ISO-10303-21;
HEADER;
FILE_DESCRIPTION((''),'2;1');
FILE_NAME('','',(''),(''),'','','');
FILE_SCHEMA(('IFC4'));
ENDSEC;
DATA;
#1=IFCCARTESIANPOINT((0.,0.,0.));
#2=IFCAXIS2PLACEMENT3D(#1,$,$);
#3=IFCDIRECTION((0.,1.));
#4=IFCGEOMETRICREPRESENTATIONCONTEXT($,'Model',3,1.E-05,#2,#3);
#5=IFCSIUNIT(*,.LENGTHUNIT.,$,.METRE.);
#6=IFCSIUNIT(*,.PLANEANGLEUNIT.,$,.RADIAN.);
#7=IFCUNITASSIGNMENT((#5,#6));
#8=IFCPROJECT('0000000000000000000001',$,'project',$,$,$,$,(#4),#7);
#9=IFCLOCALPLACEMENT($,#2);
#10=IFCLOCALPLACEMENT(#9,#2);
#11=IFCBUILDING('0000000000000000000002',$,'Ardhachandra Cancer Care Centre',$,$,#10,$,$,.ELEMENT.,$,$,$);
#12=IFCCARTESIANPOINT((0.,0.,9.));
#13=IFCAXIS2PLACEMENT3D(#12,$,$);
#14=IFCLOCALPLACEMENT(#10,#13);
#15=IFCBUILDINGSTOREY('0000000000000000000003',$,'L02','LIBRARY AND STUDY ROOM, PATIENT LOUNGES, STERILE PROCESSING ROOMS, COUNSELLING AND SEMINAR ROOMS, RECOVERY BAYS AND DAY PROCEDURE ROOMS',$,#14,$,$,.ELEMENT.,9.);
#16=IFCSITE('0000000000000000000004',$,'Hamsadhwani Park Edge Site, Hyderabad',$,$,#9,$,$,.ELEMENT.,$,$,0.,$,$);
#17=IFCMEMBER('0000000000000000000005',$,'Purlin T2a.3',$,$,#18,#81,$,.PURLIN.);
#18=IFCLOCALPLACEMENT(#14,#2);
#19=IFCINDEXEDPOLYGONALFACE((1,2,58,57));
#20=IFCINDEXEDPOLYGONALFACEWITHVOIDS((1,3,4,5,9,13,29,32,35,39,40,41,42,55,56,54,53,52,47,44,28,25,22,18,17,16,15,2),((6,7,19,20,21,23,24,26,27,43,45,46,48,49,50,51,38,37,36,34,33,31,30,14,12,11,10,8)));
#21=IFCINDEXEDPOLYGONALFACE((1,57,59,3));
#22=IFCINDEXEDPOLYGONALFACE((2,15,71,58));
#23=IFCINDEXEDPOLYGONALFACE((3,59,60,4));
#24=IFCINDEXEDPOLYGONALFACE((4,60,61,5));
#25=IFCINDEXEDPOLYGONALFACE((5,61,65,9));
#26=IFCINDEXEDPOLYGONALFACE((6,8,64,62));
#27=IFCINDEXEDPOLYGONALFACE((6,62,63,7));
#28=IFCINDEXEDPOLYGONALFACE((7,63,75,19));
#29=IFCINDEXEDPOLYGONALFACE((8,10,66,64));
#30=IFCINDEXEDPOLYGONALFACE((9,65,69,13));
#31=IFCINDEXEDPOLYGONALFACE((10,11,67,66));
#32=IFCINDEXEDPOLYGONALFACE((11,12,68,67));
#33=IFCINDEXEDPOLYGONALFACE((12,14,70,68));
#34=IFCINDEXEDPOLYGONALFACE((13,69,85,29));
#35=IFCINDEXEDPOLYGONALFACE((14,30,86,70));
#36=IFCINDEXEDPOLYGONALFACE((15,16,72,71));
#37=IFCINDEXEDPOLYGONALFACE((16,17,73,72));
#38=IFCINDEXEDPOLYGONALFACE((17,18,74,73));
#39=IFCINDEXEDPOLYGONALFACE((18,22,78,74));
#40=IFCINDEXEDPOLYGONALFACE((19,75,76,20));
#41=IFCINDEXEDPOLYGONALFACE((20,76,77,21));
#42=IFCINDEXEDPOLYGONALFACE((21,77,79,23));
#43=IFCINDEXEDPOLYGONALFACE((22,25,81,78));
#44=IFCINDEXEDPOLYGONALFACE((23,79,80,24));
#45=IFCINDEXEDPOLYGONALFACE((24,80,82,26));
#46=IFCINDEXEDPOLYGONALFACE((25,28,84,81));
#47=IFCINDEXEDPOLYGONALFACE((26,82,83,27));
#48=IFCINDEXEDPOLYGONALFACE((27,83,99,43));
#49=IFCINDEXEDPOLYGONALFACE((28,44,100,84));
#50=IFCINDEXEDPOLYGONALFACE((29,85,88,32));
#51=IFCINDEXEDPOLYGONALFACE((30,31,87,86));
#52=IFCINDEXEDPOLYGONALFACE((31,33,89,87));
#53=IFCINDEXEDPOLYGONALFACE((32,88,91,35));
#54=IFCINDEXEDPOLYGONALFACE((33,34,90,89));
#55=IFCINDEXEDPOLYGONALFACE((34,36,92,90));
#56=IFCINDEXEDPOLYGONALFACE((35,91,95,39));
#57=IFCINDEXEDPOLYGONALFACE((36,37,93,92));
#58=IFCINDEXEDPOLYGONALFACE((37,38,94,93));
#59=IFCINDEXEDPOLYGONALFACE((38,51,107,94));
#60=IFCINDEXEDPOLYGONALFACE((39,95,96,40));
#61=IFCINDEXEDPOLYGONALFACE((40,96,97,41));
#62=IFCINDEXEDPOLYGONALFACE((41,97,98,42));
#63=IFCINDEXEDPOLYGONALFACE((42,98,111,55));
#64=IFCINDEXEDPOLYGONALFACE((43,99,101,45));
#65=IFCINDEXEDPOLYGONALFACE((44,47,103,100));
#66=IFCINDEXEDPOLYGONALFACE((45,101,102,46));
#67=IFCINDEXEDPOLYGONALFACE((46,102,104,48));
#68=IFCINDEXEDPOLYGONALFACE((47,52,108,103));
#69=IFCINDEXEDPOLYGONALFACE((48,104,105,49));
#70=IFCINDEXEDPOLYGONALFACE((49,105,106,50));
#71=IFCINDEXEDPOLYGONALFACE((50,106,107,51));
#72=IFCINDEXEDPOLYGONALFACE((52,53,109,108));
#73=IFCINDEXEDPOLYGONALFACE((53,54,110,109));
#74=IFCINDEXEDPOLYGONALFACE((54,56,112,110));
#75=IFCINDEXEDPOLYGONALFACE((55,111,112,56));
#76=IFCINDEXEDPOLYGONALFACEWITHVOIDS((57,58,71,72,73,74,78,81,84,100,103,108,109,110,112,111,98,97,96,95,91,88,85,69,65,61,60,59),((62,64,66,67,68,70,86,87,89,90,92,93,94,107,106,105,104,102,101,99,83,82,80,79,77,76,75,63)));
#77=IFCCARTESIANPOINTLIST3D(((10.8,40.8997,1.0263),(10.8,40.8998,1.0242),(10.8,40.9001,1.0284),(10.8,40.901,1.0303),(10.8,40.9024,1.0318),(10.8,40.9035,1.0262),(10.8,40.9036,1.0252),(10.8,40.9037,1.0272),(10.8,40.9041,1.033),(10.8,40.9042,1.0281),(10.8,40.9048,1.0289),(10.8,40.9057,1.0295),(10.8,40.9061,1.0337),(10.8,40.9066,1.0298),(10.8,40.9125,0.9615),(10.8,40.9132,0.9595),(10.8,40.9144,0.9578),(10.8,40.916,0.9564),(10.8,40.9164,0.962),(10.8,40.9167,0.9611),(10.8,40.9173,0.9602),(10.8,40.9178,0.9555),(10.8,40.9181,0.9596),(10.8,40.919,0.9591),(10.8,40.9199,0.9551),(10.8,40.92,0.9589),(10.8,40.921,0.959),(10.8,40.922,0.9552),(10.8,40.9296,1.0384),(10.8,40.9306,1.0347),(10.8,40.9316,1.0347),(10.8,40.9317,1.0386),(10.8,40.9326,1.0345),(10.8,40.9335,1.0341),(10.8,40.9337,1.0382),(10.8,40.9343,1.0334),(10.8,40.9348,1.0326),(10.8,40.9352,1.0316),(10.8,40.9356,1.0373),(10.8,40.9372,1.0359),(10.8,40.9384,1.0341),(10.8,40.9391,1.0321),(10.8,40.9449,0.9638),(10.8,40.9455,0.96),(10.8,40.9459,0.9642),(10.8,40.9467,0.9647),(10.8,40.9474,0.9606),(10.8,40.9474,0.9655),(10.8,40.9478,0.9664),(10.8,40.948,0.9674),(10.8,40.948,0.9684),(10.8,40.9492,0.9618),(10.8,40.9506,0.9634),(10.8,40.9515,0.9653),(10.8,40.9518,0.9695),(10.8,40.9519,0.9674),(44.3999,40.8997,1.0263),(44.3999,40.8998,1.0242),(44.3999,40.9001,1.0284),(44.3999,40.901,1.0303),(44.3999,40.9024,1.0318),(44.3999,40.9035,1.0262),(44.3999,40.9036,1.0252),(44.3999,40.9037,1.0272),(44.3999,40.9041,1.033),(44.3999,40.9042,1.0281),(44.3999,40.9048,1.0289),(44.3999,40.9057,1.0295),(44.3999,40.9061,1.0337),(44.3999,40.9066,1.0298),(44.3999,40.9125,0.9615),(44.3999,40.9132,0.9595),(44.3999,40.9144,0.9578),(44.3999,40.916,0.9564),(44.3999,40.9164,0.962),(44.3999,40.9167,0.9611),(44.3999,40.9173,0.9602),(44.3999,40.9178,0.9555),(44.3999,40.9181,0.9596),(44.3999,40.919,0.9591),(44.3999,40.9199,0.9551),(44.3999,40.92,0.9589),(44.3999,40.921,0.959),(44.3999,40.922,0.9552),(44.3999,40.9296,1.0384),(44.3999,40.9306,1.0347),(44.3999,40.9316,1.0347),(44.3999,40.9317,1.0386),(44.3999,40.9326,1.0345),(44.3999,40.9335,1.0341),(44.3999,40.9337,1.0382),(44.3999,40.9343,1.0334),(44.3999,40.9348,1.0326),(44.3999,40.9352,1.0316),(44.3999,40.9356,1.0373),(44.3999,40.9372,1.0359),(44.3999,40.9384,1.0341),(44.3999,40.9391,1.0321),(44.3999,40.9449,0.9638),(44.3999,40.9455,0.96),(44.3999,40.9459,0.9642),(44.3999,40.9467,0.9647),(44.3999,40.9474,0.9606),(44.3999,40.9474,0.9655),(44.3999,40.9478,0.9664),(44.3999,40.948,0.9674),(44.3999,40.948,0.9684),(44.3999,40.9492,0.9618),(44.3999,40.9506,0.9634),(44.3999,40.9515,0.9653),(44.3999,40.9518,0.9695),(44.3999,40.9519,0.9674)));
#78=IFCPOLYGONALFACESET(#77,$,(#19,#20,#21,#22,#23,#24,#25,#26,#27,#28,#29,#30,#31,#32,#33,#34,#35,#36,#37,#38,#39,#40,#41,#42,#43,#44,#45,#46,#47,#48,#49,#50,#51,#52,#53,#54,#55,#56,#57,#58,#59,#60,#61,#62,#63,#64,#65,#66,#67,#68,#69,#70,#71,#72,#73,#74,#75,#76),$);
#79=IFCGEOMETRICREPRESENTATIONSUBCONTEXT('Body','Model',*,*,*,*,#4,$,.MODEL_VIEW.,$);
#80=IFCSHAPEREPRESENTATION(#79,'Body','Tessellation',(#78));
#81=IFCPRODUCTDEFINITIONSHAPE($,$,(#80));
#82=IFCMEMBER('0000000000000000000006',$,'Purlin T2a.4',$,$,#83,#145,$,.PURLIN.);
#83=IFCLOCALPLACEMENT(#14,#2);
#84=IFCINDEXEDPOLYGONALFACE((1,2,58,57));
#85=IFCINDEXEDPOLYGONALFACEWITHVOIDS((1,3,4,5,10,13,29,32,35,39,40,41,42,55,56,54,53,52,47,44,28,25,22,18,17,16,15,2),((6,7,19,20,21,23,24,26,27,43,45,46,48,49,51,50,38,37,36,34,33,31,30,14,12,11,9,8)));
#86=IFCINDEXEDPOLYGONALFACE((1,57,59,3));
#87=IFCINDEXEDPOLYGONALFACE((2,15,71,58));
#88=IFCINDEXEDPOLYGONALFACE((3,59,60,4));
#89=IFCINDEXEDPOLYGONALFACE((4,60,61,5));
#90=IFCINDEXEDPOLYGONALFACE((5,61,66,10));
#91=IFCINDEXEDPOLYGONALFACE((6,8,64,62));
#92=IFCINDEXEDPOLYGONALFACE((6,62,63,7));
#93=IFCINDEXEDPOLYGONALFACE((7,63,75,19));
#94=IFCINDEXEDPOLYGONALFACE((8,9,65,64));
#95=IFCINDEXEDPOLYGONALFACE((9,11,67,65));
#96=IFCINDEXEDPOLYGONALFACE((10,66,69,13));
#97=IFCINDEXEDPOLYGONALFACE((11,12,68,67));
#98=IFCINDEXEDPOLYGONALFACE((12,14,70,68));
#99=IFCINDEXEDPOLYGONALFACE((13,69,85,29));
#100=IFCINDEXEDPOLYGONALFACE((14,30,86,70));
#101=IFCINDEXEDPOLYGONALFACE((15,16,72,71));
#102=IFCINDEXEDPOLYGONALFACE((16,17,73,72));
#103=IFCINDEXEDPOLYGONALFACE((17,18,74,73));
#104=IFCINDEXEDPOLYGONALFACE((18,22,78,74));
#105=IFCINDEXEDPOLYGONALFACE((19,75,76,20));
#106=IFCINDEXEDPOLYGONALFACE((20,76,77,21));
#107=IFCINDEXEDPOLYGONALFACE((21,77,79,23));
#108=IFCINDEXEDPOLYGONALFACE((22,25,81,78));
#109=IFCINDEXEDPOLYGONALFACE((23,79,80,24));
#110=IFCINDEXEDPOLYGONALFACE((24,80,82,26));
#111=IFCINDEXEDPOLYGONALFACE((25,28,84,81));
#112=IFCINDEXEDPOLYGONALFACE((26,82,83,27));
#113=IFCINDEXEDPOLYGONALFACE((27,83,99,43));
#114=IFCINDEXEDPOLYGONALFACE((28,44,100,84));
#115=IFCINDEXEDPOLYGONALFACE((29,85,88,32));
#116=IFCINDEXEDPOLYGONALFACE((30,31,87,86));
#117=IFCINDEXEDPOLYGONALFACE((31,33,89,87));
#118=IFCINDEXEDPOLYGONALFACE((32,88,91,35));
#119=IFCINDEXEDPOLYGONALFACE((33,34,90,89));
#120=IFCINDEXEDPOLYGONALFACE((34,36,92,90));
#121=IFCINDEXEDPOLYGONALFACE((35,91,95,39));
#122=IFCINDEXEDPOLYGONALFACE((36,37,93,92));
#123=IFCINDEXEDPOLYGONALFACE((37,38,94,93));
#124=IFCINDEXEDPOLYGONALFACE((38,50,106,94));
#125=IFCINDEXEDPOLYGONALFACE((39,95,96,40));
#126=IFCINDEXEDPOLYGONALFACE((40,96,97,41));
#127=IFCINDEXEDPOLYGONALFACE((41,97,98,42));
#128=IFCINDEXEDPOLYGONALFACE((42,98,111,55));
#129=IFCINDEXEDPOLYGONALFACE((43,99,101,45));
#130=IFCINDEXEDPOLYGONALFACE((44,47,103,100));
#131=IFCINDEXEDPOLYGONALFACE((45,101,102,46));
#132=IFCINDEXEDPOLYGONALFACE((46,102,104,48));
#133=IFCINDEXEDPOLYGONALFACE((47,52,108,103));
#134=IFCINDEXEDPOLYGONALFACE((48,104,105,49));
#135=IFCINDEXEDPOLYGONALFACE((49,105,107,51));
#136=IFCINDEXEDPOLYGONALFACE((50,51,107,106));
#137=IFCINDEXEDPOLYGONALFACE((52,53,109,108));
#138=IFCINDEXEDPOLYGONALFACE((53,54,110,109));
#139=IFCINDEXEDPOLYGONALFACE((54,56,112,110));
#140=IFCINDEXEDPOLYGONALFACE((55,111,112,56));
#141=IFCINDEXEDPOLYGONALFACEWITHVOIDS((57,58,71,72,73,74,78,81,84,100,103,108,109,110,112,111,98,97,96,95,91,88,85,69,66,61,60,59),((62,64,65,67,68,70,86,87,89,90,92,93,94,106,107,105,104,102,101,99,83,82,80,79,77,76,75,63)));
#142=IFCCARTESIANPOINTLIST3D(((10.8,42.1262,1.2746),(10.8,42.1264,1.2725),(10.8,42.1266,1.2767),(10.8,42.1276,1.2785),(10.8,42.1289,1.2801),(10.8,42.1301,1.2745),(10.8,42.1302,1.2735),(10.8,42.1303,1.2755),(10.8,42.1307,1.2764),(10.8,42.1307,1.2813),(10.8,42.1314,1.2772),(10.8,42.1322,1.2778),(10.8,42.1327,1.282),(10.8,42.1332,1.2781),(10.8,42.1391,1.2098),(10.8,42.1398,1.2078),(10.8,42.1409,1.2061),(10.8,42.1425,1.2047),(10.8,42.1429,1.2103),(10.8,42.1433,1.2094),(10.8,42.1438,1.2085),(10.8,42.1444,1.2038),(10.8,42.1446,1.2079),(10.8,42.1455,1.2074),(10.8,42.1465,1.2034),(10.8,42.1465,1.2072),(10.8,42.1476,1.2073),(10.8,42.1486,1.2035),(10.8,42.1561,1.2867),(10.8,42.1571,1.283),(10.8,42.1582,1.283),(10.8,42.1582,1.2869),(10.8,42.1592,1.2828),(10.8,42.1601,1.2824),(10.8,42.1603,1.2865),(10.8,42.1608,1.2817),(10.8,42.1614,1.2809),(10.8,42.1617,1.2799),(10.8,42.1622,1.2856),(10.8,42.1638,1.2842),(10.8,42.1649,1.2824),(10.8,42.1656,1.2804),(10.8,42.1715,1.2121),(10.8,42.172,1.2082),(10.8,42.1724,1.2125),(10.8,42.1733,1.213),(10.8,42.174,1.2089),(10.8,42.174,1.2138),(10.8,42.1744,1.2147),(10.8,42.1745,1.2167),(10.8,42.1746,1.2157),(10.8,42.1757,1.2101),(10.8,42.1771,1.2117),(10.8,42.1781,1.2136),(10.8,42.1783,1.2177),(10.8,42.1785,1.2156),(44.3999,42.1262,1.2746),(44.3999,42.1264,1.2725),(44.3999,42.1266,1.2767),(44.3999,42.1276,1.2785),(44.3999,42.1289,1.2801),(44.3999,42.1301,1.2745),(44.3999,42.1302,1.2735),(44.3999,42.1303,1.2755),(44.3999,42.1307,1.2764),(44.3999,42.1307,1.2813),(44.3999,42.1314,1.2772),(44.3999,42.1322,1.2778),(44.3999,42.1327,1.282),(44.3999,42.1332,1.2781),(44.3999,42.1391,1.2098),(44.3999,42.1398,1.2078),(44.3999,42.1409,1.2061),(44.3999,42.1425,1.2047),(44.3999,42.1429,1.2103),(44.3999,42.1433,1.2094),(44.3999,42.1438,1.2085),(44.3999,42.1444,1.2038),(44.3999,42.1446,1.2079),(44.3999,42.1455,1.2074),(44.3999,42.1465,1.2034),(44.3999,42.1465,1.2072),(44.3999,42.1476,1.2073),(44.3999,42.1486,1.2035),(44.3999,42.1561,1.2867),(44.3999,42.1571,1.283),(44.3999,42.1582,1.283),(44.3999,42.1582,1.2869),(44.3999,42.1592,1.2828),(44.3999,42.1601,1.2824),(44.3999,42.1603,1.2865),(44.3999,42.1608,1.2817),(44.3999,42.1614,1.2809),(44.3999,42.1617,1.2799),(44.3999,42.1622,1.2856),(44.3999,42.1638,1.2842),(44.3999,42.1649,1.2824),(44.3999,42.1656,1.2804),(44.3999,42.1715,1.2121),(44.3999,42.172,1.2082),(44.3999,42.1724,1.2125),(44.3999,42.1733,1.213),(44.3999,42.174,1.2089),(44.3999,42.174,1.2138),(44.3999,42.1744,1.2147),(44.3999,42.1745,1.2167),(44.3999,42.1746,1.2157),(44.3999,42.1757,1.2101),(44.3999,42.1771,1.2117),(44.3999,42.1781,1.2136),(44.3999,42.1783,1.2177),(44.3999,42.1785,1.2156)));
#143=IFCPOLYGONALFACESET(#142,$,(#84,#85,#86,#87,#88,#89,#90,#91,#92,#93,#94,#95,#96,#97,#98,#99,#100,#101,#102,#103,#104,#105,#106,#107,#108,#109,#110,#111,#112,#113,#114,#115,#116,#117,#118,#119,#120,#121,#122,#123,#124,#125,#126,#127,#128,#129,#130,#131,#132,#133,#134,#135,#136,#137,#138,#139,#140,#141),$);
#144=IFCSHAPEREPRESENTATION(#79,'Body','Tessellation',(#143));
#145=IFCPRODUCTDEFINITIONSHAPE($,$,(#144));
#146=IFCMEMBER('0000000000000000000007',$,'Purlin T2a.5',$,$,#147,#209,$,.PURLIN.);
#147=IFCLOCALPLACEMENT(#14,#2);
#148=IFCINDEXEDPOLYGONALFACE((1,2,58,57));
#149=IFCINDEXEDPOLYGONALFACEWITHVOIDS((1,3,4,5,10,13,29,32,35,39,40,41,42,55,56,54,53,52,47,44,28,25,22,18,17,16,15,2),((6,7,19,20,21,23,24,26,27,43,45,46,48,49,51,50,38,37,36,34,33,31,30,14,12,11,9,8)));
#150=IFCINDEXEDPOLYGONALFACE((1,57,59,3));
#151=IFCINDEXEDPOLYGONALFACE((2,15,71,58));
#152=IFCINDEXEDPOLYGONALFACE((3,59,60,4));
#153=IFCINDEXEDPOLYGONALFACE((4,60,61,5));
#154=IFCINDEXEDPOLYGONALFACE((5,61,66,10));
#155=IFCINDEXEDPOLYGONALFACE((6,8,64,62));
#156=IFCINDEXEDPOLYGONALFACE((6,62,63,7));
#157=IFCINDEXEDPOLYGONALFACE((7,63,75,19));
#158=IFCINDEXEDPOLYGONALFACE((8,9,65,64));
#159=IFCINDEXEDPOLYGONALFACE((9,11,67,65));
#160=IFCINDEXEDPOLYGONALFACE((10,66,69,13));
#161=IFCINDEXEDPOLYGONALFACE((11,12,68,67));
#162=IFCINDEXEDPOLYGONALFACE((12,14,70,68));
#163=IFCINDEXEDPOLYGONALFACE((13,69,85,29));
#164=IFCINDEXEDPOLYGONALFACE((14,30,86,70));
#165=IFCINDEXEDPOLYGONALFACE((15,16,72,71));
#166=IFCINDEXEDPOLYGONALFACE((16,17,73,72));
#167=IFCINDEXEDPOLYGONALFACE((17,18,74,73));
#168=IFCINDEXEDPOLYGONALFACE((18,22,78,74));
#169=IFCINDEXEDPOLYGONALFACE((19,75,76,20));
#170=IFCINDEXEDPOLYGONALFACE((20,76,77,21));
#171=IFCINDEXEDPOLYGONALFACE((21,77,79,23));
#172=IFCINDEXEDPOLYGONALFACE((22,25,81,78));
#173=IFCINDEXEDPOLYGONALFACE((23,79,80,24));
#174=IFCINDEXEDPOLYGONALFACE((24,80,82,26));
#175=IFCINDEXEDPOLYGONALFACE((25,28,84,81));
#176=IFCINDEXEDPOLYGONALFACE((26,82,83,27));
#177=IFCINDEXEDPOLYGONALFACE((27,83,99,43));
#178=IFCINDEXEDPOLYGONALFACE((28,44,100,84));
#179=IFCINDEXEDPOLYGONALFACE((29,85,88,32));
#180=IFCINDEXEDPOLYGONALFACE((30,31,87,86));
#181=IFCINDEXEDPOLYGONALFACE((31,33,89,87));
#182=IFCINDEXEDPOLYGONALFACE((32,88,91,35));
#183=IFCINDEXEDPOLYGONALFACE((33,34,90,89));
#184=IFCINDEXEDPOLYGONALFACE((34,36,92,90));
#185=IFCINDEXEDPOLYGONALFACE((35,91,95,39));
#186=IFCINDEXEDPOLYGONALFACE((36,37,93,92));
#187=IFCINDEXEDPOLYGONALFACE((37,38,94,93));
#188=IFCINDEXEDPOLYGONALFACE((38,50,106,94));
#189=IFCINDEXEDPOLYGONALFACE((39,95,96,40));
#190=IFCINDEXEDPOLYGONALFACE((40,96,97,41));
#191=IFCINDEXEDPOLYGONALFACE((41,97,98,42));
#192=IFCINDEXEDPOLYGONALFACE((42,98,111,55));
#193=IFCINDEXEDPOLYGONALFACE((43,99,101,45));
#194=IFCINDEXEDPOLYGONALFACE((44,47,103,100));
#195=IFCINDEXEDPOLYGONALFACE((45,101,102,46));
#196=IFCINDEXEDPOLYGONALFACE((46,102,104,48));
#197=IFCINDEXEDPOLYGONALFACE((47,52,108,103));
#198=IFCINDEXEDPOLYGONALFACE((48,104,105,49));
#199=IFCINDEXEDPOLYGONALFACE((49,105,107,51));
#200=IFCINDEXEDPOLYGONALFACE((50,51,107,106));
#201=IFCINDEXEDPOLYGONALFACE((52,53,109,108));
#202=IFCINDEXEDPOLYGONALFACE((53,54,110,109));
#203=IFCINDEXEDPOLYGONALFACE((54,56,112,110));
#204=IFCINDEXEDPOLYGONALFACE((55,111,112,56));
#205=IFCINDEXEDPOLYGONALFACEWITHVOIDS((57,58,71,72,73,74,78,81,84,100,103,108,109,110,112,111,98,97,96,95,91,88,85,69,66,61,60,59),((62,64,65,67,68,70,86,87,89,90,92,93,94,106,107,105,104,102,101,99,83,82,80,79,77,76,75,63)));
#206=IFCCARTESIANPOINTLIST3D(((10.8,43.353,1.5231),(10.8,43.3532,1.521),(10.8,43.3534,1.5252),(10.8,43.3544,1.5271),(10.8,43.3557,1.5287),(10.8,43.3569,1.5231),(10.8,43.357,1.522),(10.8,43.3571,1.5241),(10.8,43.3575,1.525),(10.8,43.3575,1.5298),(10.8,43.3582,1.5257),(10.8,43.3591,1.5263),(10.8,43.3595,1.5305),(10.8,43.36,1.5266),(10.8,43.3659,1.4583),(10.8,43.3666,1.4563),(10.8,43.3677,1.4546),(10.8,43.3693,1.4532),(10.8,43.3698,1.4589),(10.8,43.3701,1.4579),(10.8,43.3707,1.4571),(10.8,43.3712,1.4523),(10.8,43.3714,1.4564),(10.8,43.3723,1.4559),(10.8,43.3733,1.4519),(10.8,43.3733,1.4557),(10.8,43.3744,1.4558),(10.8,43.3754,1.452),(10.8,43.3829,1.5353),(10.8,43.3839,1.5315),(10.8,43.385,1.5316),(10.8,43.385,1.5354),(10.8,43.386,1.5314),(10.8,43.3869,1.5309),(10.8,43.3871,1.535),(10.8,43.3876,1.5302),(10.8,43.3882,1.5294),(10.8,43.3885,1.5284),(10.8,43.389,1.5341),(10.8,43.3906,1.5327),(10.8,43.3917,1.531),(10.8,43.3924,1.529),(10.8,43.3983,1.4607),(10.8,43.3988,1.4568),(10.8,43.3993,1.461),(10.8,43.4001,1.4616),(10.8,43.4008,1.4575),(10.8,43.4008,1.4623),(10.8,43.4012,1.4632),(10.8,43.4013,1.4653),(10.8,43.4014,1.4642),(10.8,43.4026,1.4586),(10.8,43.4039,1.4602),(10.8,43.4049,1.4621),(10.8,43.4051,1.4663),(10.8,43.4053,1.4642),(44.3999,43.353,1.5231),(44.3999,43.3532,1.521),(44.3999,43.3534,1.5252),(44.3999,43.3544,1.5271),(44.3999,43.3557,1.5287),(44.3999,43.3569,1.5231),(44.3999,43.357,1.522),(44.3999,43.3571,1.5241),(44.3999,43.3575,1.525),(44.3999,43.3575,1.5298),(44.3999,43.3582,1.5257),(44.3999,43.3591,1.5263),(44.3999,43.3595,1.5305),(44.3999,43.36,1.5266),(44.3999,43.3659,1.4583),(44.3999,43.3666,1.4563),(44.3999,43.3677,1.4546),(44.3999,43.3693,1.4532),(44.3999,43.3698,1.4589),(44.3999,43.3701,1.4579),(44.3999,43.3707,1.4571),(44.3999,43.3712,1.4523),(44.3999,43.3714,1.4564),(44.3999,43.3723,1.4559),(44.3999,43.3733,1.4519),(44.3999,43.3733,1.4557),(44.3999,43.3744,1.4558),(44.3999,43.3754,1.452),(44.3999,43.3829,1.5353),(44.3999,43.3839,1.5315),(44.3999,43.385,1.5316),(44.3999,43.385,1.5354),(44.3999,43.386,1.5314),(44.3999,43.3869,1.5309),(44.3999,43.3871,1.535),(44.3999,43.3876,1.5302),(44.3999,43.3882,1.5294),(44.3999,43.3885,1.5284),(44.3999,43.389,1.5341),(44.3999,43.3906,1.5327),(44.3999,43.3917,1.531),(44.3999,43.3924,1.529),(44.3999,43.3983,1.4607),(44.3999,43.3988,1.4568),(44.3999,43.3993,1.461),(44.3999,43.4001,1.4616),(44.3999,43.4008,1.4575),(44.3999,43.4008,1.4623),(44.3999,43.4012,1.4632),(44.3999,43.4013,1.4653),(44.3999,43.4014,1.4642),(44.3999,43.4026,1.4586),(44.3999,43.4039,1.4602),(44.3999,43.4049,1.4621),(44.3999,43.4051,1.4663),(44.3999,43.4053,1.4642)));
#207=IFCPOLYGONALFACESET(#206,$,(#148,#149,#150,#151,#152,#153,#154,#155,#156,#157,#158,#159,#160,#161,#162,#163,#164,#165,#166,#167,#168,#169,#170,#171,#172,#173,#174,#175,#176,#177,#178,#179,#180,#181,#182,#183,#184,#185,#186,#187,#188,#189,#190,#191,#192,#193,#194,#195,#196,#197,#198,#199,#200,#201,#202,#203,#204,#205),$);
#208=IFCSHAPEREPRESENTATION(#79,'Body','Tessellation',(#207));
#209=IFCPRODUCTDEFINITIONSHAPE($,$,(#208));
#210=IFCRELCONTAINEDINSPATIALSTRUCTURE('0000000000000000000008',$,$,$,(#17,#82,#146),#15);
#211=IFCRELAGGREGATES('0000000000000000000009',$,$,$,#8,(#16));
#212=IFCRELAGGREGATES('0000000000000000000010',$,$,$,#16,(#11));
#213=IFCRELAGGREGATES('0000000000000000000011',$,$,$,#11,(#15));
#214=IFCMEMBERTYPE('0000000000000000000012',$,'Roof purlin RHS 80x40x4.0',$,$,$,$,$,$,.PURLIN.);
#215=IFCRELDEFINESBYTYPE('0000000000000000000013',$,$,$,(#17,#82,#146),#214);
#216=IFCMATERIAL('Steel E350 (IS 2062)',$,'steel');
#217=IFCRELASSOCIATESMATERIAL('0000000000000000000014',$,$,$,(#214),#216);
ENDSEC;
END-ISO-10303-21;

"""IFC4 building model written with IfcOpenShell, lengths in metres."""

from ifc_helpers import new_model, si_unit, direction, frame, origin, origin_2d, place, context, subcontext, project, spatial, hollow_rectangle, extrude, material, material_profile, profile_set, type_object, element, save


model = new_model("IFC4")

# Units and contexts
model_context = context("Model", 3, precision=1e-05, world=origin(), true_north=direction((0.0, 1.0)))
body_context = subcontext(model_context, "Body", "Model", "MODEL_VIEW")
ifc_project = project(units=[si_unit("LENGTHUNIT", "METRE"), si_unit("PLANEANGLEUNIT", "RADIAN")], contexts=[model_context])

# Site, building, storey
site_placement = place(None, origin())
site = spatial("IfcSite", under=ifc_project, at=site_placement, Name="Hamsadhwani Park Edge Site, Hyderabad", CompositionType="ELEMENT", RefElevation=0.0)
building_placement = place(site_placement, origin())
building = spatial("IfcBuilding", under=site, at=building_placement, Name="Ardhachandra Cancer Care Centre", CompositionType="ELEMENT")
storey_placement = place(building_placement, frame((0.0, 0.0, 9.0)))
storey = spatial("IfcBuildingStorey", under=building, at=storey_placement, Name="L02", Description="LIBRARY AND STUDY ROOM, PATIENT LOUNGES, STERILE PROCESSING ROOMS, COUNSELLING AND SEMINAR ROOMS, RECOVERY BAYS AND DAY PROCEDURE ROOMS", CompositionType="ELEMENT", Elevation=9.0)

# Members
ifc_material_1 = material(Name="Steel E350 (IS 2062)", Category="steel")
ifc_material_profile_1 = material_profile(ifc_material_1, hollow_rectangle(XDim=0.04, YDim=0.0801, WallThickness=0.0039, InnerFilletRadius=0.0039, OuterFilletRadius=0.0081, at=origin_2d()), Name="RHS 80x40x4.0")
ifc_profile_set_1 = profile_set([ifc_material_profile_1], Name="Steel E350 (IS 2062)")
member_type_1 = type_object("IfcMemberType", Name="Roof purlin RHS 80x40x4.0", PredefinedType="PURLIN", material=ifc_profile_set_1)
for number, where, z_axis, x_axis, name in (
    (1, (10.8, 40.9258, 0.9968), (1.0, 0.0, 0.0), (0.0, 0.980107, 0.198472), "Purlin T2a.3"),
    (2, (10.8, 42.1523, 1.2451), (1.0, 0.0, 0.0), (0.0, 0.980107, 0.198472), "Purlin T2a.4"),
    (3, (10.8, 43.3792, 1.4937), (1.0, 0.0, 0.0), (0.0, 0.980107, 0.198472), "Purlin T2a.5"),
):
    element("IfcMember", number, at=place(storey_placement, frame(where, z_axis=z_axis, x_axis=x_axis)), inside=storey, type_object=member_type_1, Name=name, PredefinedType="PURLIN", context=body_context, shape_type="SweptSolid", body=[
        extrude(hollow_rectangle(XDim=0.04, YDim=0.0801, WallThickness=0.0039, InnerFilletRadius=0.0039, OuterFilletRadius=0.0081, at=origin_2d()), origin(), (0.0, 0.0, 1.0), 33.5999),
    ])

save(model, "model.ifc")
